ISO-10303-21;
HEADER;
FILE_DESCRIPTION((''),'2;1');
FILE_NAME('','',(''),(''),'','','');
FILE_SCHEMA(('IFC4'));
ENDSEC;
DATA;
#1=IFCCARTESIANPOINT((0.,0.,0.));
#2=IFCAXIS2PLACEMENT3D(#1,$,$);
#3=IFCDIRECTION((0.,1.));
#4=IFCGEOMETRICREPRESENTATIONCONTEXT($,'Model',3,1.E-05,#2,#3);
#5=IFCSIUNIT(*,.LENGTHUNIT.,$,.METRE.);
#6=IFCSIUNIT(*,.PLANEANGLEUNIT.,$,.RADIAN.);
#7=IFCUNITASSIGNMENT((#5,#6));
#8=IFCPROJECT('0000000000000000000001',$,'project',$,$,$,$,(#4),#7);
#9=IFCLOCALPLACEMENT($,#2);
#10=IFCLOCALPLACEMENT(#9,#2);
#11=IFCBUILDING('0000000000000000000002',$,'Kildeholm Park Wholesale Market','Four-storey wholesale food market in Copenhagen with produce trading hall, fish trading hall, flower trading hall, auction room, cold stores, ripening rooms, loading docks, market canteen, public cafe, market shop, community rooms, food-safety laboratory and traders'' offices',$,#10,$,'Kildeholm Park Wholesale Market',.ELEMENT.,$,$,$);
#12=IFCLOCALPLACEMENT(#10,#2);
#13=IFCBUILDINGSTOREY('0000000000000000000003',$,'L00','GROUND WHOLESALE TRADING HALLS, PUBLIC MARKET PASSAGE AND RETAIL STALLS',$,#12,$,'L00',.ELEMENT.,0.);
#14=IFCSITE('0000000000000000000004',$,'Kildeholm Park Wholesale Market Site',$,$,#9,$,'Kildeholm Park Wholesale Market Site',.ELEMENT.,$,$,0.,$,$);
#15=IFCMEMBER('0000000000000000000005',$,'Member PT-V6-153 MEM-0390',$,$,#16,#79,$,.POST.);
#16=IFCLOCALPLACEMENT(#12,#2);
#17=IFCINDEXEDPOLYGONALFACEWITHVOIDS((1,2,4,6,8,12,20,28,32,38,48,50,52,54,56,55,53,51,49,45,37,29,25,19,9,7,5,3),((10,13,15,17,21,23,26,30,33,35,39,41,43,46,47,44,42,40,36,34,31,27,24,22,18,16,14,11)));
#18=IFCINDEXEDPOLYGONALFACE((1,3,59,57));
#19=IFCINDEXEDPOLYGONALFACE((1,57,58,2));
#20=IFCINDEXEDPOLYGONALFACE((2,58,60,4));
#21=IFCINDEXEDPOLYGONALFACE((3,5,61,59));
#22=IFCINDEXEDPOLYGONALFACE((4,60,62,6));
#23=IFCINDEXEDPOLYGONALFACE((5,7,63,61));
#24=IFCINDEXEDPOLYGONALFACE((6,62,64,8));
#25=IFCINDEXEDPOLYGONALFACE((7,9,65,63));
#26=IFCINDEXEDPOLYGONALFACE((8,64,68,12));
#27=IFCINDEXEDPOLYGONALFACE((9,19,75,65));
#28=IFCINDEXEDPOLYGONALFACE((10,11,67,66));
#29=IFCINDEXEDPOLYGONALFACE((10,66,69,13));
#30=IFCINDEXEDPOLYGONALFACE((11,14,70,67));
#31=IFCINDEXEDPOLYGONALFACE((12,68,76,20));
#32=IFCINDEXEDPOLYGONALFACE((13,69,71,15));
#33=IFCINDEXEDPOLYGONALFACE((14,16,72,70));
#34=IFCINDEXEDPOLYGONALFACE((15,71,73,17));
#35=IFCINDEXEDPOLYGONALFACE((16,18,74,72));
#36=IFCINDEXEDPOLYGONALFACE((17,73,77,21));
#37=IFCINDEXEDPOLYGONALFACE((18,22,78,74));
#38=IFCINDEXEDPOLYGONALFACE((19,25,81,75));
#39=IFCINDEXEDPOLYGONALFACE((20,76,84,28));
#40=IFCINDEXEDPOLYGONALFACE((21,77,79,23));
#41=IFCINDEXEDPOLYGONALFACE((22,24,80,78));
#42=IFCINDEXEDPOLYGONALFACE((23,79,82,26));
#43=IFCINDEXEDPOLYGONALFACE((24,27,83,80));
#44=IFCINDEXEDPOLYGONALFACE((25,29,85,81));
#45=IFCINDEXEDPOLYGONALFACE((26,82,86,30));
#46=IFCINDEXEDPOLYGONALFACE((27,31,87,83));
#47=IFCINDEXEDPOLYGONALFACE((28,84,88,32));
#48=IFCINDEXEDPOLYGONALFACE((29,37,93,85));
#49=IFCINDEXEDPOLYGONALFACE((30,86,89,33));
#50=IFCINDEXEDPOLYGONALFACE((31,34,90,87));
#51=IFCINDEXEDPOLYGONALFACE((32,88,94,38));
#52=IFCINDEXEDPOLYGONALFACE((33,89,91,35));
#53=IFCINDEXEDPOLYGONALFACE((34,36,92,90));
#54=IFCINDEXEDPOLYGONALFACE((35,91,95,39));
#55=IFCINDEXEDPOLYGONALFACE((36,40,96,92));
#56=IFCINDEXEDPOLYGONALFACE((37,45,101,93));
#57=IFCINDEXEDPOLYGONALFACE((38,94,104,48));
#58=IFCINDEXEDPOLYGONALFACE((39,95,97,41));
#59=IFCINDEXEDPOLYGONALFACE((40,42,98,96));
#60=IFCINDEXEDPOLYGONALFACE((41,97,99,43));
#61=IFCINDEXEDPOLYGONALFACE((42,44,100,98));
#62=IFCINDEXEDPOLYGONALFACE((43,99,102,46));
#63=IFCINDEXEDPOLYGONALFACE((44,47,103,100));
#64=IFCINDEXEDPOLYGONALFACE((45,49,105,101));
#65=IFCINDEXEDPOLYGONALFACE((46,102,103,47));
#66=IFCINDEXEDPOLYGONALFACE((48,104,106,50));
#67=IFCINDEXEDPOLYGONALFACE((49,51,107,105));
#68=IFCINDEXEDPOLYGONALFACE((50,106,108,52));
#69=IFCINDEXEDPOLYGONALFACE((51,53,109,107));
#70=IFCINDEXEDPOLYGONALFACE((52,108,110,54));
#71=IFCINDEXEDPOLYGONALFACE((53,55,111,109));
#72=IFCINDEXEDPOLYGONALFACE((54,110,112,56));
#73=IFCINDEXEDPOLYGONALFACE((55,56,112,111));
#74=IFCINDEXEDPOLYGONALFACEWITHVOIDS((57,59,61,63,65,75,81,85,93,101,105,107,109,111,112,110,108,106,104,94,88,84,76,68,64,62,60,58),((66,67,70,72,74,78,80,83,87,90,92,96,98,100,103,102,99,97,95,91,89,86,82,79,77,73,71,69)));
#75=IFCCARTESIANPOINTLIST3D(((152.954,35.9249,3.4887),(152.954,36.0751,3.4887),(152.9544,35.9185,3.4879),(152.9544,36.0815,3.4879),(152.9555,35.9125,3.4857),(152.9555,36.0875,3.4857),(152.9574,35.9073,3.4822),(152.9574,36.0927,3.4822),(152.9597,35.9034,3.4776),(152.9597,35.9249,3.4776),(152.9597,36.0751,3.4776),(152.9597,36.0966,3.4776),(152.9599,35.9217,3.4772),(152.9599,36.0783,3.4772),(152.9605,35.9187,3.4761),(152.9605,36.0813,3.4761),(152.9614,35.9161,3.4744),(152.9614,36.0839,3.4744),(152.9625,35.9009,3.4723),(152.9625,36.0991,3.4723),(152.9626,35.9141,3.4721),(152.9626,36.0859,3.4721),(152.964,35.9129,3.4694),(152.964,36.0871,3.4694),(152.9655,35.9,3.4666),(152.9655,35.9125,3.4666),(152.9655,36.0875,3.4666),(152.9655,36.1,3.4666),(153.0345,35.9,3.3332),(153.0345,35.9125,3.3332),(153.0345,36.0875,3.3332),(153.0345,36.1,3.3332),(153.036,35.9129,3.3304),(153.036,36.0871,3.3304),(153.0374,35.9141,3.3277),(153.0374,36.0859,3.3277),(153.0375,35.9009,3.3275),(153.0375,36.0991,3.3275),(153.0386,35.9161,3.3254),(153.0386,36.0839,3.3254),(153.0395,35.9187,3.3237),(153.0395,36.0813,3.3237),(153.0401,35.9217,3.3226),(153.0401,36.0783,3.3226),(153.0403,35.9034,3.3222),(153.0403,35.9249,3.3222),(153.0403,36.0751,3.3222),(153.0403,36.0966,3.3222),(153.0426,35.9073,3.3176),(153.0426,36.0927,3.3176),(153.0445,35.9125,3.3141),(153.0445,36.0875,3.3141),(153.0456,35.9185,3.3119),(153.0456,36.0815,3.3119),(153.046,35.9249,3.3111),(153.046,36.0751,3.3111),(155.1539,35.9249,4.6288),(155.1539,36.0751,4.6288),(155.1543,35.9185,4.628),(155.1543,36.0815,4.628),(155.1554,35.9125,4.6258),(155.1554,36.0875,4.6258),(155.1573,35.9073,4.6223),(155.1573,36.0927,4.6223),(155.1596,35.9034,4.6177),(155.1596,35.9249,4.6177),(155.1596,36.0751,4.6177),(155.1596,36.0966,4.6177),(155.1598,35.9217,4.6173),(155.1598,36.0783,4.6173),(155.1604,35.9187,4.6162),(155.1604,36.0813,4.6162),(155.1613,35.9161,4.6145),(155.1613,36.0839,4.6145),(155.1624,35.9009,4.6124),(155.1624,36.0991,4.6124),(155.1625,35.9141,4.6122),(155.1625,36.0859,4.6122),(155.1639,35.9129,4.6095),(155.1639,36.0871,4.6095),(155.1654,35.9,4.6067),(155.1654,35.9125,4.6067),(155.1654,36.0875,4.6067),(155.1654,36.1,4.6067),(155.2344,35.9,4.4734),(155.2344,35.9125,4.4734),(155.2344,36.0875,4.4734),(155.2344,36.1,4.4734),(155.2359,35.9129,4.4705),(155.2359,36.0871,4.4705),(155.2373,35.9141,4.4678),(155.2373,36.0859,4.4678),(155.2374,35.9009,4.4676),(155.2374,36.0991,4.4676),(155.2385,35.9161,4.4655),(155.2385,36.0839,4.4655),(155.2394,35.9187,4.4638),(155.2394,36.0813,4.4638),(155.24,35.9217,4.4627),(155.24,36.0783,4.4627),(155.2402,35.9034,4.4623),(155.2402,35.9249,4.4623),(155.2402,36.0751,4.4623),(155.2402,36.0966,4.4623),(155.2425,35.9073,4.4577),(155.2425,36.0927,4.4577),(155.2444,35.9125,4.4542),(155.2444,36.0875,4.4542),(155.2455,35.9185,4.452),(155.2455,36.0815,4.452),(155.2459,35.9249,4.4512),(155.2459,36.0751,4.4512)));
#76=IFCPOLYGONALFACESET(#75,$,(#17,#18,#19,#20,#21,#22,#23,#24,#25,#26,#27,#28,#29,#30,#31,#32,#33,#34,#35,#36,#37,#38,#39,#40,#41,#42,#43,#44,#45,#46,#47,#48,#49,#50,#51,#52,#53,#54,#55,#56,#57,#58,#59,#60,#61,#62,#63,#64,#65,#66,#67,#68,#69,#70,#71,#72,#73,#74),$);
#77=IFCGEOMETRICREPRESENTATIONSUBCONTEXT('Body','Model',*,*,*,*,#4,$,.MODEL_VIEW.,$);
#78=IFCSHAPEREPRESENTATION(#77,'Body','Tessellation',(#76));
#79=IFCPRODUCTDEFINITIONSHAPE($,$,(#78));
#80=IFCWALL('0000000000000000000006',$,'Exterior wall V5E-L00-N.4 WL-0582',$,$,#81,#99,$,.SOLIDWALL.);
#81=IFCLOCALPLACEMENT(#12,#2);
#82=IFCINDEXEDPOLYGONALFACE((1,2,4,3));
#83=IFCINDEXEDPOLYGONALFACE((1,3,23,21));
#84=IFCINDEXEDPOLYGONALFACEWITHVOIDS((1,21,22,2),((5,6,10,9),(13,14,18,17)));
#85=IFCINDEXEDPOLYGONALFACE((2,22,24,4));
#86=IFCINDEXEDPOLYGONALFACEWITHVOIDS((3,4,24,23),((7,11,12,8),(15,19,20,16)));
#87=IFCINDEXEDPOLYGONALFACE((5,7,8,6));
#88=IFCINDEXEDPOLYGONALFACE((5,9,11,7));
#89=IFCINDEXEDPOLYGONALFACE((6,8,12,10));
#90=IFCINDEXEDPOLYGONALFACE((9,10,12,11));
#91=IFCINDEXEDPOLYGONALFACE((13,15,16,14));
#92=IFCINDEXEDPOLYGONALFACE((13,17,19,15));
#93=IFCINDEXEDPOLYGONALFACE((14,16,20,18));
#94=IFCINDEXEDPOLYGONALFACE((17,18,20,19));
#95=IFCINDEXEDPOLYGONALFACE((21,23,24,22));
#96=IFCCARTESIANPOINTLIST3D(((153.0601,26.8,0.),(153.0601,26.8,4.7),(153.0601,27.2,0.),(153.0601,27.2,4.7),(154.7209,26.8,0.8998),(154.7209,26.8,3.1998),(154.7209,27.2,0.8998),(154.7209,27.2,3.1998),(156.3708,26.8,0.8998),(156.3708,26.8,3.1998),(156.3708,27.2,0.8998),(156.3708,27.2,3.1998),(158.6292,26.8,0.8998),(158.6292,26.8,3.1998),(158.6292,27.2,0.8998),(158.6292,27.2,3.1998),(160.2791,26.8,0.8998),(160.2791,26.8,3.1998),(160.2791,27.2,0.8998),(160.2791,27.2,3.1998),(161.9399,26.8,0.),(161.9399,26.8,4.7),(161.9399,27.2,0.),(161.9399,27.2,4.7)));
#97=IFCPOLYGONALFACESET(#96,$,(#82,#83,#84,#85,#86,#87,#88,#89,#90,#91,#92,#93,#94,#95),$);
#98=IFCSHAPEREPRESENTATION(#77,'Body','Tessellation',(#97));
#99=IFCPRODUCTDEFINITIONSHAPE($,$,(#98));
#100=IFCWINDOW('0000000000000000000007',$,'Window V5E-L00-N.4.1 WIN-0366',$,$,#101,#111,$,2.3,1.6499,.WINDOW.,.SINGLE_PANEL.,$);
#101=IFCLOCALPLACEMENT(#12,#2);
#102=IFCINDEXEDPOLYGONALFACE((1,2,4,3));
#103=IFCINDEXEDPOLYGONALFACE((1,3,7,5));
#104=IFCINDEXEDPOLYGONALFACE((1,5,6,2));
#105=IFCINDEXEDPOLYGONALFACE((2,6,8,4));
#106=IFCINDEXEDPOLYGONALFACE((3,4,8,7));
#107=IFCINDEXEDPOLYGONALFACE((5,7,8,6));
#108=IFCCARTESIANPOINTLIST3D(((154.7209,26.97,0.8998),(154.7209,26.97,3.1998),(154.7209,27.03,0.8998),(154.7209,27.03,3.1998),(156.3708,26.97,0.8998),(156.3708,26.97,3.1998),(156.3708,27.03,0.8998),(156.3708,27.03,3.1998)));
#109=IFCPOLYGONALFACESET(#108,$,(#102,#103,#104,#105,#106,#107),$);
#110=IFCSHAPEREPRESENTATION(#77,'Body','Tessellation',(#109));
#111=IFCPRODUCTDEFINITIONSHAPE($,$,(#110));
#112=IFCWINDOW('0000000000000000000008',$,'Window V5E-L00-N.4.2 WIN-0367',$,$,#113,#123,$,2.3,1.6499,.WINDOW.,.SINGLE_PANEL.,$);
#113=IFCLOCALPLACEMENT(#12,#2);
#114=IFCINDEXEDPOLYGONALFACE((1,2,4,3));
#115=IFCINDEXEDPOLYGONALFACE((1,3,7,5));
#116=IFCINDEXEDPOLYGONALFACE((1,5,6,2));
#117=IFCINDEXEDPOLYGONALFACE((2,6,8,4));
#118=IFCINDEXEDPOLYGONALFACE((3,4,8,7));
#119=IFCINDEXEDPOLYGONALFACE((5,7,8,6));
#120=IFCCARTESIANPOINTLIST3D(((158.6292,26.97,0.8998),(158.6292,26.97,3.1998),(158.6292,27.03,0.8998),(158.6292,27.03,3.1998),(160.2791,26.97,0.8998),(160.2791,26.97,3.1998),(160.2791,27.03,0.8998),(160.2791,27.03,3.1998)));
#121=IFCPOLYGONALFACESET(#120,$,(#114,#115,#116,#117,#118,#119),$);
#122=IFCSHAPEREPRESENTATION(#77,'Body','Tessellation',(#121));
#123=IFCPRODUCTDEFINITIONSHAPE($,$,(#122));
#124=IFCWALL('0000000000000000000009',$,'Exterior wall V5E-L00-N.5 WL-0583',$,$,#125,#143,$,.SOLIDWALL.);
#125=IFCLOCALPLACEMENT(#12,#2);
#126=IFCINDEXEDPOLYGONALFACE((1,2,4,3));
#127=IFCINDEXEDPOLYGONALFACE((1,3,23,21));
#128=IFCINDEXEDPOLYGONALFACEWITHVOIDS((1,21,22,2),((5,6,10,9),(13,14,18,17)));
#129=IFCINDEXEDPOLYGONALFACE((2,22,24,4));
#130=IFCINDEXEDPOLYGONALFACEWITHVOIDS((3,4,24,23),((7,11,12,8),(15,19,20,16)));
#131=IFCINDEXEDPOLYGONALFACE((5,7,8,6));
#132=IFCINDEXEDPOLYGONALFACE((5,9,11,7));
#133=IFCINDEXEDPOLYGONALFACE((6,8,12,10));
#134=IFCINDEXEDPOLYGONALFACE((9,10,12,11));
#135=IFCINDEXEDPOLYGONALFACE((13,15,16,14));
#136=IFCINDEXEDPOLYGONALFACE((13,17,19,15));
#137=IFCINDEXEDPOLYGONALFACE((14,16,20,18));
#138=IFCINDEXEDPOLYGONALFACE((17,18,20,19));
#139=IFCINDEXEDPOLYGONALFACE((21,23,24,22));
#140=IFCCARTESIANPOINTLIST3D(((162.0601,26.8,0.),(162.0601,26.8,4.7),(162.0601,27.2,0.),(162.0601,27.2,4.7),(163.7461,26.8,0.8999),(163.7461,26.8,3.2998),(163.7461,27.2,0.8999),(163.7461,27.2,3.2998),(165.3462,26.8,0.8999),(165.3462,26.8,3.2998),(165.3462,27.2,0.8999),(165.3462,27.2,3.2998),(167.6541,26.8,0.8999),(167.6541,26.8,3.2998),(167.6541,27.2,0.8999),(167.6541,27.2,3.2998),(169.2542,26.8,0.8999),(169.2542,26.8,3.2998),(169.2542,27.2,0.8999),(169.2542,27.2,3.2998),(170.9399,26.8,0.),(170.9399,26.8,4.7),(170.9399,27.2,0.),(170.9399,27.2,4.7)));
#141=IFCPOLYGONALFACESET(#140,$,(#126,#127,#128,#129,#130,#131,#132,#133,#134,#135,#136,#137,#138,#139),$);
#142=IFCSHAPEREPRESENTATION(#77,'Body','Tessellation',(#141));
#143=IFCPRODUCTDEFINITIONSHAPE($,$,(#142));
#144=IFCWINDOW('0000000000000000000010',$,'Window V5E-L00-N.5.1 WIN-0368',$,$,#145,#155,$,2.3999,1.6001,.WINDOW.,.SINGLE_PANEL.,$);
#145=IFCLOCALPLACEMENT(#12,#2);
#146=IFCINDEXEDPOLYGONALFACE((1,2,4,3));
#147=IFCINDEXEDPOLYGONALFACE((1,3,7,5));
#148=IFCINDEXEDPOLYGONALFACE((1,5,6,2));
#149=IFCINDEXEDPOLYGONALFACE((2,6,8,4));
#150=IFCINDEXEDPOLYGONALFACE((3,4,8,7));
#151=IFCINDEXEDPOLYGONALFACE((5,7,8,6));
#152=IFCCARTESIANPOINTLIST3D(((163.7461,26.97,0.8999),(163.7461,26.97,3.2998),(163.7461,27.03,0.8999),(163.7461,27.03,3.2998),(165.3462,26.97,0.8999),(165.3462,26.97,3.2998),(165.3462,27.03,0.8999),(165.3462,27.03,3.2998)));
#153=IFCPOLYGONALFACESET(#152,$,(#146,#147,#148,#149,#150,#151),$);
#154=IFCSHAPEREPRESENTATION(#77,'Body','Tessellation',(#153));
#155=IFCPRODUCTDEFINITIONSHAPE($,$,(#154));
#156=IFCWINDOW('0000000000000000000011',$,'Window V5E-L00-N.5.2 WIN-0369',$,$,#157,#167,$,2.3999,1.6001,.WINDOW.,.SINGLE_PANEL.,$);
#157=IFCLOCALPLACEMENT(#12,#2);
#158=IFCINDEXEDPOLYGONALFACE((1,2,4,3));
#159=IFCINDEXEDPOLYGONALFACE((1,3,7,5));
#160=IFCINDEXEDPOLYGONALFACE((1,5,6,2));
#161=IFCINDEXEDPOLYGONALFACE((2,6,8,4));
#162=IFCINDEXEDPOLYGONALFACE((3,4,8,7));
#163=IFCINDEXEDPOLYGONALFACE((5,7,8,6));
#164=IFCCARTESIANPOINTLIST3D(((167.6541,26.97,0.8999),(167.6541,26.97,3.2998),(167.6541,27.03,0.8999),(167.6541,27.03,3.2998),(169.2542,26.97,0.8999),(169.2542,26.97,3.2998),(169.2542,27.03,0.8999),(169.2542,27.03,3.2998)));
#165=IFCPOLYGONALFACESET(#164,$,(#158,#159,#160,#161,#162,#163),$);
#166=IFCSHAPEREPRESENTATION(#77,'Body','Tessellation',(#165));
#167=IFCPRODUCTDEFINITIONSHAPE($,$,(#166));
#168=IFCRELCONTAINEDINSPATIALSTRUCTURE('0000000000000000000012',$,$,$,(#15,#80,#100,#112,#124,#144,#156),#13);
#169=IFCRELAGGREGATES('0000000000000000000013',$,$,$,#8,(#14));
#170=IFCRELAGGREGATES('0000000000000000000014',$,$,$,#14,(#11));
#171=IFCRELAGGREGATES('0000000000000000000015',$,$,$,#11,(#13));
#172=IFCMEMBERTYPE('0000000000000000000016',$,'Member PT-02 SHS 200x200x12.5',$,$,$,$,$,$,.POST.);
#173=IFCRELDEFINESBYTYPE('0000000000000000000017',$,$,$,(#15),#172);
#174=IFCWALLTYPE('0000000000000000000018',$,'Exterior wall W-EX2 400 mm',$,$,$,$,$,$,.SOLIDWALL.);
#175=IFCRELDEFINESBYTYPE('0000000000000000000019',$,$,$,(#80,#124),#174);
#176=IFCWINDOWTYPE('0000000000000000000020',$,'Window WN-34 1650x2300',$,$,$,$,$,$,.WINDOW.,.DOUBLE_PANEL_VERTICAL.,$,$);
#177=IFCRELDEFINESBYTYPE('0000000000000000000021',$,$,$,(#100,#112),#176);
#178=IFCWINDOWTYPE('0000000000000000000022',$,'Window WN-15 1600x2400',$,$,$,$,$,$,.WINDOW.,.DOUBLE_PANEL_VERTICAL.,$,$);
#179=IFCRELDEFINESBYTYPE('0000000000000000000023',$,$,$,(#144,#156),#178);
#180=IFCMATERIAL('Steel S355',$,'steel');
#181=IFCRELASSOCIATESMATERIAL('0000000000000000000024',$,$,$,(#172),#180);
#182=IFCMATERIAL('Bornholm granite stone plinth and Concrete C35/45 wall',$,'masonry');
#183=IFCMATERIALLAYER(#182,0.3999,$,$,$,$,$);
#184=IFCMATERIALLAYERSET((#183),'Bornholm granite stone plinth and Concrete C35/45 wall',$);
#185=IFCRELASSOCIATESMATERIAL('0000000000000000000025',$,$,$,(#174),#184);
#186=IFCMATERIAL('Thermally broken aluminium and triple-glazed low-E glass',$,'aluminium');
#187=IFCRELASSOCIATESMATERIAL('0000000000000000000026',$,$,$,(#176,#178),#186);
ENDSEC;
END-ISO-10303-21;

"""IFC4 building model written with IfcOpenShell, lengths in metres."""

from ifc_helpers import new_model, si_unit, direction, frame, frame_2d, origin, origin_2d, place, context, subcontext, project, spatial, rectangle, hollow_rectangle, extrude, material, layer, layer_set, material_profile, profile_set, type_object, element, fill, save


model = new_model("IFC4")

# Units and contexts
model_context = context("Model", 3, precision=1e-05, world=origin(), true_north=direction((0.0, 1.0)))
body_context = subcontext(model_context, "Body", "Model", "MODEL_VIEW")
ifc_project = project(units=[si_unit("LENGTHUNIT", "METRE"), si_unit("PLANEANGLEUNIT", "RADIAN")], contexts=[model_context])

# Site, building, storey
site_placement = place(None, origin())
site = spatial("IfcSite", under=ifc_project, at=site_placement, Name="Kildeholm Park Wholesale Market Site", LongName="Kildeholm Park Wholesale Market Site", CompositionType="ELEMENT", RefElevation=0.0)
building_placement = place(site_placement, origin())
building = spatial("IfcBuilding", under=site, at=building_placement, Name="Kildeholm Park Wholesale Market", Description="Four-storey wholesale food market in Copenhagen with produce trading hall, fish trading hall, flower trading hall, auction room, cold stores, ripening rooms, loading docks, market canteen, public cafe, market shop, community rooms, food-safety laboratory and traders' offices", LongName="Kildeholm Park Wholesale Market", CompositionType="ELEMENT")
storey_placement = place(building_placement, origin())
storey = spatial("IfcBuildingStorey", under=building, at=storey_placement, Name="L00", Description="GROUND WHOLESALE TRADING HALLS, PUBLIC MARKET PASSAGE AND RETAIL STALLS", LongName="L00", CompositionType="ELEMENT", Elevation=0.0)

# Shared definitions
ifc_material_1 = material(Name="Steel S355", Category="steel")

# Member
ifc_material_profile_1 = material_profile(ifc_material_1, hollow_rectangle(XDim=0.2, YDim=0.2, WallThickness=0.0125, InnerFilletRadius=0.0125, OuterFilletRadius=0.0249, at=origin_2d()), Name="SHS 200x200x12.5")
ifc_profile_set_1 = profile_set([ifc_material_profile_1], Name="Steel S355")
member_type_1 = type_object("IfcMemberType", Name="Member PT-02 SHS 200x200x12.5", PredefinedType="POST", material=ifc_profile_set_1)
member_1_placement = place(storey_placement, frame((153.0, 36.0, 3.3999), z_axis=(0.88785, 0.0, 0.460133), x_axis=(0.0, 1.0, 0.0)))
element("IfcMember", 1, at=member_1_placement, inside=storey, type_object=member_type_1, Name="Member PT-V6-153 MEM-0390", PredefinedType="POST", context=body_context, shape_type="SweptSolid", body=[
    extrude(hollow_rectangle(XDim=0.2, YDim=0.2, WallThickness=0.0125, InnerFilletRadius=0.0125, OuterFilletRadius=0.0249, at=origin_2d()), origin(), (0.0, 0.0, 1.0), 2.4778),
])

# Walls, openings, windows
ifc_material_2 = material(Name="Bornholm granite stone plinth and Concrete C35/45 wall", Category="masonry")
ifc_layer = layer(ifc_material_2, 0.3999)
ifc_layer_set = layer_set([ifc_layer], Name="Bornholm granite stone plinth and Concrete C35/45 wall")
wall_type = type_object("IfcWallType", Name="Exterior wall W-EX2 400 mm", PredefinedType="SOLIDWALL", material=ifc_layer_set)
wall_1_placement = place(storey_placement, frame((153.0601, 27.0, 0.0), z_axis=(0.0, 0.0, 1.0), x_axis=(1.0, 0.0, 0.0)))
wall_1 = element("IfcWall", 2, at=wall_1_placement, inside=storey, type_object=wall_type, Name="Exterior wall V5E-L00-N.4 WL-0582", PredefinedType="SOLIDWALL", context=body_context, shape_type="SweptSolid", body=[
    extrude(rectangle(XDim=8.8799, YDim=0.3999, at=frame_2d((4.4399, 0.0))), origin(), (0.0, 0.0, 1.0), 4.7),
])
opening_1_placement = place(wall_1_placement, frame((1.6609, 0.0, 0.8999)))
opening_1 = element("IfcOpeningElement", 3, at=opening_1_placement, cuts=wall_1, PredefinedType="OPENING", context=body_context, shape_type="SweptSolid", body=[
    extrude(rectangle(XDim=1.6499, YDim=2.3, at=frame_2d((0.825, 1.1499))), frame((0.0, 0.21, 0.0), z_axis=(0.0, -1.0, 0.0), x_axis=(1.0, 0.0, 0.0)), (0.0, 0.0, 1.0), 0.4199),
])
opening_2_placement = place(wall_1_placement, frame((5.5691, 0.0, 0.8999)))
opening_2 = element("IfcOpeningElement", 4, at=opening_2_placement, cuts=wall_1, PredefinedType="OPENING", context=body_context, shape_type="SweptSolid", body=[
    extrude(rectangle(XDim=1.6499, YDim=2.3, at=frame_2d((0.825, 1.1499))), frame((0.0, 0.21, 0.0), z_axis=(0.0, -1.0, 0.0), x_axis=(1.0, 0.0, 0.0)), (0.0, 0.0, 1.0), 0.4199),
])
ifc_material_3 = material(Name="Thermally broken aluminium and triple-glazed low-E glass", Category="aluminium")
window_type_1 = type_object("IfcWindowType", Name="Window WN-34 1650x2300", PartitioningType="DOUBLE_PANEL_VERTICAL", PredefinedType="WINDOW", material=ifc_material_3)
window_1_placement = place(opening_1_placement, origin())
window_1 = element("IfcWindow", 5, at=window_1_placement, inside=storey, type_object=window_type_1, Name="Window V5E-L00-N.4.1 WIN-0366", OverallHeight=2.3, OverallWidth=1.6499, PartitioningType="SINGLE_PANEL", PredefinedType="WINDOW", context=body_context, shape_type="SweptSolid", body=[
    extrude(rectangle(XDim=1.6499, YDim=2.3, at=frame_2d((0.825, 1.1499))), frame((0.0, 0.03, 0.0), z_axis=(0.0, -1.0, 0.0), x_axis=(1.0, 0.0, 0.0)), (0.0, 0.0, 1.0), 0.0601),
])
fill(opening_1, window_1)
window_2_placement = place(opening_2_placement, origin())
window_2 = element("IfcWindow", 6, at=window_2_placement, inside=storey, type_object=window_type_1, Name="Window V5E-L00-N.4.2 WIN-0367", OverallHeight=2.3, OverallWidth=1.6499, PartitioningType="SINGLE_PANEL", PredefinedType="WINDOW", context=body_context, shape_type="SweptSolid", body=[
    extrude(rectangle(XDim=1.6499, YDim=2.3, at=frame_2d((0.825, 1.1499))), frame((0.0, 0.03, 0.0), z_axis=(0.0, -1.0, 0.0), x_axis=(1.0, 0.0, 0.0)), (0.0, 0.0, 1.0), 0.0601),
])
fill(opening_2, window_2)
wall_2_placement = place(storey_placement, frame((162.0601, 27.0, 0.0), z_axis=(0.0, 0.0, 1.0), x_axis=(1.0, 0.0, 0.0)))
wall_2 = element("IfcWall", 7, at=wall_2_placement, inside=storey, type_object=wall_type, Name="Exterior wall V5E-L00-N.5 WL-0583", PredefinedType="SOLIDWALL", context=body_context, shape_type="SweptSolid", body=[
    extrude(rectangle(XDim=8.8799, YDim=0.3999, at=frame_2d((4.4399, 0.0))), origin(), (0.0, 0.0, 1.0), 4.7),
])
opening_3_placement = place(wall_2_placement, frame((1.686, 0.0, 0.8999)))
opening_3 = element("IfcOpeningElement", 8, at=opening_3_placement, cuts=wall_2, PredefinedType="OPENING", context=body_context, shape_type="SweptSolid", body=[
    extrude(rectangle(XDim=1.6001, YDim=2.3999, at=frame_2d((0.8, 1.2))), frame((0.0, 0.21, 0.0), z_axis=(0.0, -1.0, 0.0), x_axis=(1.0, 0.0, 0.0)), (0.0, 0.0, 1.0), 0.4199),
])
opening_4_placement = place(wall_2_placement, frame((5.594, 0.0, 0.8999)))
opening_4 = element("IfcOpeningElement", 9, at=opening_4_placement, cuts=wall_2, PredefinedType="OPENING", context=body_context, shape_type="SweptSolid", body=[
    extrude(rectangle(XDim=1.6001, YDim=2.3999, at=frame_2d((0.8, 1.2))), frame((0.0, 0.21, 0.0), z_axis=(0.0, -1.0, 0.0), x_axis=(1.0, 0.0, 0.0)), (0.0, 0.0, 1.0), 0.4199),
])
window_type_2 = type_object("IfcWindowType", Name="Window WN-15 1600x2400", PartitioningType="DOUBLE_PANEL_VERTICAL", PredefinedType="WINDOW", material=ifc_material_3)
window_3_placement = place(opening_3_placement, origin())
window_3 = element("IfcWindow", 10, at=window_3_placement, inside=storey, type_object=window_type_2, Name="Window V5E-L00-N.5.1 WIN-0368", OverallHeight=2.3999, OverallWidth=1.6001, PartitioningType="SINGLE_PANEL", PredefinedType="WINDOW", context=body_context, shape_type="SweptSolid", body=[
    extrude(rectangle(XDim=1.6001, YDim=2.3999, at=frame_2d((0.8, 1.2))), frame((0.0, 0.03, 0.0), z_axis=(0.0, -1.0, 0.0), x_axis=(1.0, 0.0, 0.0)), (0.0, 0.0, 1.0), 0.0601),
])
fill(opening_3, window_3)
window_4_placement = place(opening_4_placement, origin())
window_4 = element("IfcWindow", 11, at=window_4_placement, inside=storey, type_object=window_type_2, Name="Window V5E-L00-N.5.2 WIN-0369", OverallHeight=2.3999, OverallWidth=1.6001, PartitioningType="SINGLE_PANEL", PredefinedType="WINDOW", context=body_context, shape_type="SweptSolid", body=[
    extrude(rectangle(XDim=1.6001, YDim=2.3999, at=frame_2d((0.8, 1.2))), frame((0.0, 0.03, 0.0), z_axis=(0.0, -1.0, 0.0), x_axis=(1.0, 0.0, 0.0)), (0.0, 0.0, 1.0), 0.0601),
])
fill(opening_4, window_4)

save(model, "model.ifc")
